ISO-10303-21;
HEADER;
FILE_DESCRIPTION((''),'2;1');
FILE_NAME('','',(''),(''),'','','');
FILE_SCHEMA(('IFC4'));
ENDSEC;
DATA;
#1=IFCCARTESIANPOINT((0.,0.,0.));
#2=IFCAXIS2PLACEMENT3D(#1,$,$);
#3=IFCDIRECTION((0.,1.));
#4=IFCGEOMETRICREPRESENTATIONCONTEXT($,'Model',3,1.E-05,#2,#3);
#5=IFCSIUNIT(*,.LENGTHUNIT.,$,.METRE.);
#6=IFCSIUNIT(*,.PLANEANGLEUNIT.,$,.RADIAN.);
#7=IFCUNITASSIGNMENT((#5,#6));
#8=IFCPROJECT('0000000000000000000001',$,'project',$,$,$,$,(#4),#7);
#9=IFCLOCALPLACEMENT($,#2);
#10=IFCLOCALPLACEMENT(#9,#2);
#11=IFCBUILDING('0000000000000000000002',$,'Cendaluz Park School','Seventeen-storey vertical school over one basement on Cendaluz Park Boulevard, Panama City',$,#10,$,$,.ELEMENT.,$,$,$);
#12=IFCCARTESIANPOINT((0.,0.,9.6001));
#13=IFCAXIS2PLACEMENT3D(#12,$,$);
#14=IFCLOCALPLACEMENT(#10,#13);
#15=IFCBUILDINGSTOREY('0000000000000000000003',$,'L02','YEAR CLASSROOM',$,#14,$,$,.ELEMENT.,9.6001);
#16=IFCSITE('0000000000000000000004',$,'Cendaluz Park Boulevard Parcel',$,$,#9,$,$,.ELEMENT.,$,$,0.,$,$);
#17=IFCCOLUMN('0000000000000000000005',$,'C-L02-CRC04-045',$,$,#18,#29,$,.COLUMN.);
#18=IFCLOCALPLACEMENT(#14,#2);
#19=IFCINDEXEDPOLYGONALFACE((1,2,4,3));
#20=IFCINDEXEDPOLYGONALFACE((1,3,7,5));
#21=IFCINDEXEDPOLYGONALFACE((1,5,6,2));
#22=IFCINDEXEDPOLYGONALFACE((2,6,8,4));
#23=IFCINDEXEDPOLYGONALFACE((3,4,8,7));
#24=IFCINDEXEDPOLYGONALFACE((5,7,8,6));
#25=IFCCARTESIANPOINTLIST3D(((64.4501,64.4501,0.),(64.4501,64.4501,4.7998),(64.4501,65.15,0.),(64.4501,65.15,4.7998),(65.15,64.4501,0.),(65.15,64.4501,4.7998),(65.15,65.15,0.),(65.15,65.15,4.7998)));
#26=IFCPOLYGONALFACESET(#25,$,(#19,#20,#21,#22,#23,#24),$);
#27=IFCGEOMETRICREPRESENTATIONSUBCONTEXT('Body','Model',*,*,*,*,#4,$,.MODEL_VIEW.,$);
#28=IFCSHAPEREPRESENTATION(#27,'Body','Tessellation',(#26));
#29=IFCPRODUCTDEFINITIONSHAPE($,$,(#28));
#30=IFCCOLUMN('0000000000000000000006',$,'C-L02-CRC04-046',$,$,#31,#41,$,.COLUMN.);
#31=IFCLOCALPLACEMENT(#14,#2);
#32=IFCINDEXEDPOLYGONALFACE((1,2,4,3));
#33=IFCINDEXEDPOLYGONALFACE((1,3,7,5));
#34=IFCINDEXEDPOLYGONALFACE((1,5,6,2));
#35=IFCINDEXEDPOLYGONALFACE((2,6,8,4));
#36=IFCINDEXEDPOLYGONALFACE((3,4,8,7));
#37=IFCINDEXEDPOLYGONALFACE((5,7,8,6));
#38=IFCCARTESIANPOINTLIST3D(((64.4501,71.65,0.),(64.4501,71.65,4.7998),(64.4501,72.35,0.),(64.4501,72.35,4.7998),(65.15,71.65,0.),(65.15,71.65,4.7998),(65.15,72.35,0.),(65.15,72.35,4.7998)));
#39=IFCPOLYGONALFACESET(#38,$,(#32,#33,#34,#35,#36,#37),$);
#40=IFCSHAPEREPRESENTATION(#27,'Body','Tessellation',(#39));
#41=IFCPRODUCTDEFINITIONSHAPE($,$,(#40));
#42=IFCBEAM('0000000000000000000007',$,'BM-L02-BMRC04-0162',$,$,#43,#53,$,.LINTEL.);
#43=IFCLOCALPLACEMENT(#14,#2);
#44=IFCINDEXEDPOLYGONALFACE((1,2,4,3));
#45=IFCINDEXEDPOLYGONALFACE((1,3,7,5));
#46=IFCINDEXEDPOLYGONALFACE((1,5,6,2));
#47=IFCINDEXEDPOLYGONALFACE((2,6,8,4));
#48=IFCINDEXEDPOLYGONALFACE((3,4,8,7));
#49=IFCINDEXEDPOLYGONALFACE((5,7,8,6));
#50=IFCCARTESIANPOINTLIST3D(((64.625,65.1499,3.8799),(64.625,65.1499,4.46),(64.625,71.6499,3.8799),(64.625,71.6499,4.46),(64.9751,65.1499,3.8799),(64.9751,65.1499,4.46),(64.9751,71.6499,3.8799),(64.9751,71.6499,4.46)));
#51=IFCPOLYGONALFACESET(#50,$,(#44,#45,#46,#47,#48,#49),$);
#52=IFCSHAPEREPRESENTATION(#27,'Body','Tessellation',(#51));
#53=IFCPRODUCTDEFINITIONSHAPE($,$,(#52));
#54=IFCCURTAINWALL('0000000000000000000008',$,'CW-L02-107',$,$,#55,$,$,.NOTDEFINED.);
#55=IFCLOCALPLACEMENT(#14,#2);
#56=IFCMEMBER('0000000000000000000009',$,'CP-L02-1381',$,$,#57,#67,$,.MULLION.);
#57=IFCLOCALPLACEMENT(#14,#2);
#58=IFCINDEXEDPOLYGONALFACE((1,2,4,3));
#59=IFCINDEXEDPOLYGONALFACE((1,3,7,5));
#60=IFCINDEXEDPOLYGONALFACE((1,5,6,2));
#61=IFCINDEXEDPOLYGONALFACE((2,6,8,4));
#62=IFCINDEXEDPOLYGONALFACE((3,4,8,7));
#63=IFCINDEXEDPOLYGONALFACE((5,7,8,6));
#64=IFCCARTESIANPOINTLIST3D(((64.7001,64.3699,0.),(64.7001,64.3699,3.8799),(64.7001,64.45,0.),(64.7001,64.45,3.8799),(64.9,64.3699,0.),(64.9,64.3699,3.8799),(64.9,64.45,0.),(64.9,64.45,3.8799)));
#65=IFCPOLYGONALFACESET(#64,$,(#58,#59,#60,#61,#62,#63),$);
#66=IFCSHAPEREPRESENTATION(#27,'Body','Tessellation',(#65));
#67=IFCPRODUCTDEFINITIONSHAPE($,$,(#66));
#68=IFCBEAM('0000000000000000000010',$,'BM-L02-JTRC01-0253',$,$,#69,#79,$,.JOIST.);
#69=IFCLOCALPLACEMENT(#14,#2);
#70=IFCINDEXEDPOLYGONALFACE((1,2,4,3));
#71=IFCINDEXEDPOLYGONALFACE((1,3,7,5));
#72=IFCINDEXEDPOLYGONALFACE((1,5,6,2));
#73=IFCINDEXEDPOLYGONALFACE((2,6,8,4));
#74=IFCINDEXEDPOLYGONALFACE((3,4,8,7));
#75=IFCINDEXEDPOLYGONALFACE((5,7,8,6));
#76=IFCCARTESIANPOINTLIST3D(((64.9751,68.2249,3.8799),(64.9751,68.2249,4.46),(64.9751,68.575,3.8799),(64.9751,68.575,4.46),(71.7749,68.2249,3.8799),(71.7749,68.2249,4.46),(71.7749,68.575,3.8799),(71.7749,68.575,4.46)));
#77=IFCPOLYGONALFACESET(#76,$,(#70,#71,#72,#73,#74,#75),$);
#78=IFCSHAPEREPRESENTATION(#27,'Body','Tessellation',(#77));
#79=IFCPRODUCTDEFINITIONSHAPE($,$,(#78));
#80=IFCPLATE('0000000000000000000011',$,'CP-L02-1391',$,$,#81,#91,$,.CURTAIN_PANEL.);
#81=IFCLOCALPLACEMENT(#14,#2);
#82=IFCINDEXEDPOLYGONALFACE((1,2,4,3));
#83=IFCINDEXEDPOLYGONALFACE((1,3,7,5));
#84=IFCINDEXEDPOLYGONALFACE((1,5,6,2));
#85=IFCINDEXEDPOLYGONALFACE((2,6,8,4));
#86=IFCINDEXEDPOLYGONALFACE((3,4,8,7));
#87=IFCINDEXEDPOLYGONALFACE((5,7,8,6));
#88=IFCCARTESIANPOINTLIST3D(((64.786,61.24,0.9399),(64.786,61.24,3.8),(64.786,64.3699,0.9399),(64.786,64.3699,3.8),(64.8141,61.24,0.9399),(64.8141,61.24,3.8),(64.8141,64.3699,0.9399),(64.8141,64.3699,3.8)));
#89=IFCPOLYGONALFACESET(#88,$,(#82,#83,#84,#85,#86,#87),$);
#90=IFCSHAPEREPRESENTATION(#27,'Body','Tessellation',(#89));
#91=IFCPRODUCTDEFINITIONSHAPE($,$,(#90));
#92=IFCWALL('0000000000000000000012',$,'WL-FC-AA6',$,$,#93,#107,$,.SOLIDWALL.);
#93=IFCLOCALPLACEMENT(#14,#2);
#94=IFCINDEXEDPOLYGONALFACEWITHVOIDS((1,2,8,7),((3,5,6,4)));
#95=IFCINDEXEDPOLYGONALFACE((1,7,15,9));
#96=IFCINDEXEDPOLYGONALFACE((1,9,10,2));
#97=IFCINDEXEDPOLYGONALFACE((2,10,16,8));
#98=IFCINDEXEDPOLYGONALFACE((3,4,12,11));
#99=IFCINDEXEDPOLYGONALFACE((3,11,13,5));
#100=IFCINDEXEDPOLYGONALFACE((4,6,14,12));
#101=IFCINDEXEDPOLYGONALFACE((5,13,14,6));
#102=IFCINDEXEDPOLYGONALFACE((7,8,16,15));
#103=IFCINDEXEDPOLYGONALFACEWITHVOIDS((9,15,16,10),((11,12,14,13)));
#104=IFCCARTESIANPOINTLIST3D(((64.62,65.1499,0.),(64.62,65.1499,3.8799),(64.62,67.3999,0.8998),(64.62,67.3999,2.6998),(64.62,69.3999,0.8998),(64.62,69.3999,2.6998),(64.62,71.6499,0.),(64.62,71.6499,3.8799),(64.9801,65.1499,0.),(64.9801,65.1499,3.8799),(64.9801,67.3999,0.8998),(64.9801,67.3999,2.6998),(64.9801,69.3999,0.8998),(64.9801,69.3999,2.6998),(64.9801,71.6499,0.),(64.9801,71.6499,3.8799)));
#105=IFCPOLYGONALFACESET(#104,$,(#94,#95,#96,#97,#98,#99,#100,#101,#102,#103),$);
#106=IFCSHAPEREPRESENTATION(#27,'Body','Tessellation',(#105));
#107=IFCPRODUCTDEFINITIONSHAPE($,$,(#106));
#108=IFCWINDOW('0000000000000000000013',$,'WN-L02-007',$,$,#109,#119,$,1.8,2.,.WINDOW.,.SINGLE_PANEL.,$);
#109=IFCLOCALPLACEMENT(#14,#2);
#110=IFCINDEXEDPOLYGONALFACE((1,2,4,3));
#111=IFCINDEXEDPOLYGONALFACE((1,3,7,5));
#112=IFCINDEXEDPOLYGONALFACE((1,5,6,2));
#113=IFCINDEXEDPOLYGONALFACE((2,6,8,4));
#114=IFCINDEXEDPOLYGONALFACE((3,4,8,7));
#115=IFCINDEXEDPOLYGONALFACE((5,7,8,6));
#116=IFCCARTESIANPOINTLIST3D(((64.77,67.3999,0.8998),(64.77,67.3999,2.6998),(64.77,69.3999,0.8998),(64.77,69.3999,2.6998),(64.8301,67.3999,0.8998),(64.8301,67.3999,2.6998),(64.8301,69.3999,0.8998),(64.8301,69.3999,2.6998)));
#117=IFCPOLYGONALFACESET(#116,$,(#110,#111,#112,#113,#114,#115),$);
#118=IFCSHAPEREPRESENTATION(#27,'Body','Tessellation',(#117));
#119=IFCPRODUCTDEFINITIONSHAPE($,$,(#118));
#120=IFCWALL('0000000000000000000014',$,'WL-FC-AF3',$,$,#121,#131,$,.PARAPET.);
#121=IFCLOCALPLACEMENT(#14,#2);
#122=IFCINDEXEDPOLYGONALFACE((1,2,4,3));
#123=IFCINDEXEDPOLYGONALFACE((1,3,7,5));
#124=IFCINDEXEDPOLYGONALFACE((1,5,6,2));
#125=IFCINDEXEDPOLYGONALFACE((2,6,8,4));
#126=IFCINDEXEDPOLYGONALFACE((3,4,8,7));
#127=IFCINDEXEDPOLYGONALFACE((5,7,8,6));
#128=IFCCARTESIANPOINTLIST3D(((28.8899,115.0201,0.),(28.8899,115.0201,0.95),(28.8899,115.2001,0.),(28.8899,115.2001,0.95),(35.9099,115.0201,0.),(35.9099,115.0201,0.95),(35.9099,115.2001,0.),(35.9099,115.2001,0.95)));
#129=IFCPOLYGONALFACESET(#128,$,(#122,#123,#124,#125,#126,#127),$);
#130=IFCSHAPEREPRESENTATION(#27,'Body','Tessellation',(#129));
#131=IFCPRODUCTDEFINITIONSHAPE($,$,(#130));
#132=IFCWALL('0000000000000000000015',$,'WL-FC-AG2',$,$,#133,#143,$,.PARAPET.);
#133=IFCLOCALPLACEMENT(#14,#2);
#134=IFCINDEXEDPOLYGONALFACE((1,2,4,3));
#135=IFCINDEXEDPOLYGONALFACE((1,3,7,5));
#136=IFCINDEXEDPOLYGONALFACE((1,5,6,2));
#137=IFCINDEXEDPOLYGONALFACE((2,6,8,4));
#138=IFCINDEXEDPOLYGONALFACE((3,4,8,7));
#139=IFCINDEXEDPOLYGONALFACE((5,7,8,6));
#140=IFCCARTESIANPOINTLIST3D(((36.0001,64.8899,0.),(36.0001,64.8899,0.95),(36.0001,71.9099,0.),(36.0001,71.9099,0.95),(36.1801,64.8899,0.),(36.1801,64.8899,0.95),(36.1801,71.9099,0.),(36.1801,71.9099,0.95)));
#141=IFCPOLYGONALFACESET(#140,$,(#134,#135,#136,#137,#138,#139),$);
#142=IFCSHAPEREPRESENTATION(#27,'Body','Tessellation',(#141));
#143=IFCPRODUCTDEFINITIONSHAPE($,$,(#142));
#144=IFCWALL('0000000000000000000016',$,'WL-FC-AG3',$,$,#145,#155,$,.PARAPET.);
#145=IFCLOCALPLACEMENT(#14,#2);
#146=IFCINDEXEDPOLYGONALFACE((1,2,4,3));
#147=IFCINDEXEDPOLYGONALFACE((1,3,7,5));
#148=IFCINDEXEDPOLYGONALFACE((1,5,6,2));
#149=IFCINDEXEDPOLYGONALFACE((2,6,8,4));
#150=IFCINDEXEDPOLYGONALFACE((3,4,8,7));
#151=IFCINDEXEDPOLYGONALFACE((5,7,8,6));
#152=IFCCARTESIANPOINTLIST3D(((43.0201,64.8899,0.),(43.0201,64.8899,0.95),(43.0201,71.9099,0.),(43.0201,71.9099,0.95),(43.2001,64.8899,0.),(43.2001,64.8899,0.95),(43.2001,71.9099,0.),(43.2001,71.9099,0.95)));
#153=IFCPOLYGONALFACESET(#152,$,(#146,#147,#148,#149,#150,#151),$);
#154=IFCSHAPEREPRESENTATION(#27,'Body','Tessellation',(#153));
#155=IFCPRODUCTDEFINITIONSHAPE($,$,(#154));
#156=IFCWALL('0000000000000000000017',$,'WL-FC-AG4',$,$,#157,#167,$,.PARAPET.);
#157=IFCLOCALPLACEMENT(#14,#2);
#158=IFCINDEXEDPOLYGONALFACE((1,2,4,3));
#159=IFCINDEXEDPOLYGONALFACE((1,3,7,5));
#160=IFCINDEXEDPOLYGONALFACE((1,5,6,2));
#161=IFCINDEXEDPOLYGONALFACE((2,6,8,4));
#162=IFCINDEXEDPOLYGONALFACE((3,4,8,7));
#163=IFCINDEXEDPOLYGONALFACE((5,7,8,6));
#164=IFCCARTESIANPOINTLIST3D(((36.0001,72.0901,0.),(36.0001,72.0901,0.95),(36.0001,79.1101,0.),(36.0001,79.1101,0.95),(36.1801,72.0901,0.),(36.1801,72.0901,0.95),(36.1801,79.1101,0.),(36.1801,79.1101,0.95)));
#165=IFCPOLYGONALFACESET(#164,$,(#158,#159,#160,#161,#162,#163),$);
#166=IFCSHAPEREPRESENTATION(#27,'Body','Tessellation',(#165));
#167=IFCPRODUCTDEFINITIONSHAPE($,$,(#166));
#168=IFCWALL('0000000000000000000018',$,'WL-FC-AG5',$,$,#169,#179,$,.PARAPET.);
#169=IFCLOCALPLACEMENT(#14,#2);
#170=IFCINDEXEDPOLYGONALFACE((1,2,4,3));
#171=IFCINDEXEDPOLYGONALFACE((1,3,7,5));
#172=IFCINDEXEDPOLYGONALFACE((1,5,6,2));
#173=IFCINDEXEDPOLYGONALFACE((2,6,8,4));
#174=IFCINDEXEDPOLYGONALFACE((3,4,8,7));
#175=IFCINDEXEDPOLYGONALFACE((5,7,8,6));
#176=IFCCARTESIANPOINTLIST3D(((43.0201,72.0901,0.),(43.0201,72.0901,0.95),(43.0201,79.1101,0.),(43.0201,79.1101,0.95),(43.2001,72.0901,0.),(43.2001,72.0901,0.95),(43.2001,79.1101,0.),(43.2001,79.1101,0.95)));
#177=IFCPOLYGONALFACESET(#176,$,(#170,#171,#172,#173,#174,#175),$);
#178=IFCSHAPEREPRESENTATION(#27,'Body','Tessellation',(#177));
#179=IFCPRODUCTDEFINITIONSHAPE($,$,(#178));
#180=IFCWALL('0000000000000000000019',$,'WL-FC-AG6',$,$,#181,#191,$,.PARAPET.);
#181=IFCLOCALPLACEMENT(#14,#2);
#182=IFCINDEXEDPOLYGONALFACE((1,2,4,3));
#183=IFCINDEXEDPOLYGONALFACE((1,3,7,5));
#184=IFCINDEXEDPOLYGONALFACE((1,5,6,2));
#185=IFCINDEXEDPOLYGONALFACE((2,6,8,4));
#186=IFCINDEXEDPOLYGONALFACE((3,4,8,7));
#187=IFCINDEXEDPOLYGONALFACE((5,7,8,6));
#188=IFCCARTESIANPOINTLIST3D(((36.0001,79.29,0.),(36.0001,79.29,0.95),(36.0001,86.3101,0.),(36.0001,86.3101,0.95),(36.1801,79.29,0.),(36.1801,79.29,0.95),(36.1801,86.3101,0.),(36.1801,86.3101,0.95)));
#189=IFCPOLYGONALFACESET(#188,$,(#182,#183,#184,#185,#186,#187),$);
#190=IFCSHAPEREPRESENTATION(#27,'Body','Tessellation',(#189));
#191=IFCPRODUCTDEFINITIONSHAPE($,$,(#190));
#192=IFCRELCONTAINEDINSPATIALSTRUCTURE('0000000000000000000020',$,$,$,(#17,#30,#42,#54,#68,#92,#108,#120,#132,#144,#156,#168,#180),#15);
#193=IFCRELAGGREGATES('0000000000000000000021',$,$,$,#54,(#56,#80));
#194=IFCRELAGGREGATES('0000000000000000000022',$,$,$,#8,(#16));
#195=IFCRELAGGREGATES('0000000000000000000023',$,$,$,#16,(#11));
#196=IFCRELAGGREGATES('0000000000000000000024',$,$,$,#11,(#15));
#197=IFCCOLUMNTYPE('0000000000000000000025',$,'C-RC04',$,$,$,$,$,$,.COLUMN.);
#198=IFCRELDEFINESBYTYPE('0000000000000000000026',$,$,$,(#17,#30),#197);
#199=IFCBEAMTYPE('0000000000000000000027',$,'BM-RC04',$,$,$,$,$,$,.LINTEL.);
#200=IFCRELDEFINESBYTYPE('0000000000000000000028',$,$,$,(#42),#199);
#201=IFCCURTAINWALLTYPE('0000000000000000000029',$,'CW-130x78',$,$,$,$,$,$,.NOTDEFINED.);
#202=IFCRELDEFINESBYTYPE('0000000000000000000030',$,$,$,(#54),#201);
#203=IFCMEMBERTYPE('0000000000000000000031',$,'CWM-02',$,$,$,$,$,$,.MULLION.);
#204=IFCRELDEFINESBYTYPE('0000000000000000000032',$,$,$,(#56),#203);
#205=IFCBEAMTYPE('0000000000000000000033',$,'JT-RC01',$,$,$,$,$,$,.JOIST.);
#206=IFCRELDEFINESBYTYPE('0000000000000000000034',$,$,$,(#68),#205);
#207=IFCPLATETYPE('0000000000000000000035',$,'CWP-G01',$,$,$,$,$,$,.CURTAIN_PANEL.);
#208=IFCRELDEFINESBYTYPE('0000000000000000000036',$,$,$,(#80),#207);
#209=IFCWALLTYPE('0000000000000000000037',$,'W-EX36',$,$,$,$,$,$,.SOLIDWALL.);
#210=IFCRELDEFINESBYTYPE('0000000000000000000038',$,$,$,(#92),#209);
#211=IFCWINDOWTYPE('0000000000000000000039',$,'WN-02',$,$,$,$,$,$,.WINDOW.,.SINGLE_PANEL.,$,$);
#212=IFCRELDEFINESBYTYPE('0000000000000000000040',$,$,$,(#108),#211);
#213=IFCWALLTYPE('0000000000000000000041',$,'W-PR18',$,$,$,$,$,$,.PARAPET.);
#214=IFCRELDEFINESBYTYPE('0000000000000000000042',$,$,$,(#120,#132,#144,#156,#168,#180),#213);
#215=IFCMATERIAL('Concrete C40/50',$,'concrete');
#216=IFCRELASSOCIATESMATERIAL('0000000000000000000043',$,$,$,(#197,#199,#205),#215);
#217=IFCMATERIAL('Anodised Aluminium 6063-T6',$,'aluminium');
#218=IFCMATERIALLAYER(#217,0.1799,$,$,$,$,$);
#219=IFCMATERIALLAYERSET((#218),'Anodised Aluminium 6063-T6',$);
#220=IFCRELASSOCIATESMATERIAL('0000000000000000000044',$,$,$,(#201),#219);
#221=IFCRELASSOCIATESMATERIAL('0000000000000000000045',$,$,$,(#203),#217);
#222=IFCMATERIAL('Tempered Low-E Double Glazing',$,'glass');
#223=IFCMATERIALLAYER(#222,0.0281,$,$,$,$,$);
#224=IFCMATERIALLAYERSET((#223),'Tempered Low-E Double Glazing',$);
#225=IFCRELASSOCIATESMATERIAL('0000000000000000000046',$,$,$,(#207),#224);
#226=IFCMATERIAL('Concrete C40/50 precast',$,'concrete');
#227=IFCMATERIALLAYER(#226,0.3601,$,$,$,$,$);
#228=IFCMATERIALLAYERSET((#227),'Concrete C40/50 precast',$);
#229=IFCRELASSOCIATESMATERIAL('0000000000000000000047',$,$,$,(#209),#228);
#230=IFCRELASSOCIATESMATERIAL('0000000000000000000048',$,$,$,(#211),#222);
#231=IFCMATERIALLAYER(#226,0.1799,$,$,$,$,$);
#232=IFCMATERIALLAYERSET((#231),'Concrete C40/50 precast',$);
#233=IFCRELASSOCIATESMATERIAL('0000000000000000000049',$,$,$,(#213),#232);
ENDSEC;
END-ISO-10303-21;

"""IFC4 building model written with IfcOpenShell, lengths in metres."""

from ifc_helpers import new_model, si_unit, direction, frame, frame_2d, origin, origin_2d, place, context, subcontext, project, spatial, rectangle, extrude, material, layer, layer_set, material_profile, profile_set, type_object, element, fill, aggregate, save


model = new_model("IFC4")

# Units and contexts
model_context = context("Model", 3, precision=1e-05, world=origin(), true_north=direction((0.0, 1.0)))
body_context = subcontext(model_context, "Body", "Model", "MODEL_VIEW")
ifc_project = project(units=[si_unit("LENGTHUNIT", "METRE"), si_unit("PLANEANGLEUNIT", "RADIAN")], contexts=[model_context])

# Site, building, storey
site_placement = place(None, origin())
site = spatial("IfcSite", under=ifc_project, at=site_placement, Name="Cendaluz Park Boulevard Parcel", CompositionType="ELEMENT", RefElevation=0.0)
building_placement = place(site_placement, origin())
building = spatial("IfcBuilding", under=site, at=building_placement, Name="Cendaluz Park School", Description="Seventeen-storey vertical school over one basement on Cendaluz Park Boulevard, Panama City", CompositionType="ELEMENT")
storey_placement = place(building_placement, frame((0.0, 0.0, 9.6001)))
storey = spatial("IfcBuildingStorey", under=building, at=storey_placement, Name="L02", Description="YEAR CLASSROOM", CompositionType="ELEMENT", Elevation=9.6001)

# Columns
ifc_material_1 = material(Name="Concrete C40/50", Category="concrete")
ifc_material_profile_1 = material_profile(ifc_material_1, rectangle(XDim=0.7, YDim=0.7, at=origin_2d()), Name="RC 700x700", Category="concrete")
ifc_profile_set_1 = profile_set([ifc_material_profile_1], Name="Concrete C40/50")
column_type = type_object("IfcColumnType", Name="C-RC04", PredefinedType="COLUMN", material=ifc_profile_set_1)
for number, where, z_axis, x_axis, name in (
    (1, (64.8, 64.8, 0.0), (0.0, 0.0, 1.0), (1.0, 0.0, 0.0), "C-L02-CRC04-045"),
    (2, (64.8, 72.0, 0.0), (0.0, 0.0, 1.0), (1.0, 0.0, 0.0), "C-L02-CRC04-046"),
):
    element("IfcColumn", number, at=place(storey_placement, frame(where, z_axis=z_axis, x_axis=x_axis)), inside=storey, type_object=column_type, Name=name, PredefinedType="COLUMN", context=body_context, shape_type="SweptSolid", body=[
        extrude(rectangle(XDim=0.7, YDim=0.7, at=origin_2d()), origin(), (0.0, 0.0, 1.0), 4.7998),
    ])

# Beam
ifc_material_profile_2 = material_profile(ifc_material_1, rectangle(XDim=0.3501, YDim=0.5801, at=origin_2d()), Name="RC 350x580", Category="concrete")
ifc_profile_set_2 = profile_set([ifc_material_profile_2], Name="Concrete C40/50")
beam_type_1 = type_object("IfcBeamType", Name="BM-RC04", PredefinedType="LINTEL", material=ifc_profile_set_2)
beam_1_placement = place(storey_placement, frame((64.8, 65.1499, 4.1699), z_axis=(0.0, 1.0, 0.0), x_axis=(-1.0, 0.0, 0.0)))
element("IfcBeam", 3, at=beam_1_placement, inside=storey, type_object=beam_type_1, Name="BM-L02-BMRC04-0162", PredefinedType="LINTEL", context=body_context, shape_type="SweptSolid", body=[
    extrude(rectangle(XDim=0.3501, YDim=0.5801, at=origin_2d()), origin(), (0.0, 0.0, 1.0), 6.5),
])

# Curtain wall, member
ifc_material_2 = material(Name="Anodised Aluminium 6063-T6", Category="aluminium")
ifc_layer_1 = layer(ifc_material_2, 0.1799)
ifc_layer_set_1 = layer_set([ifc_layer_1], Name="Anodised Aluminium 6063-T6")
curtain_wall_type = type_object("IfcCurtainWallType", Name="CW-130x78", PredefinedType="NOTDEFINED", material=ifc_layer_set_1)
curtain_wall_placement = place(storey_placement, origin())
curtain_wall = element("IfcCurtainWall", 4, at=curtain_wall_placement, inside=storey, type_object=curtain_wall_type, Name="CW-L02-107", PredefinedType="NOTDEFINED")
ifc_material_profile_3 = material_profile(ifc_material_2, rectangle(XDim=0.2, YDim=0.0801, at=origin_2d()), Name="CWM 200x80", Category="aluminium")
ifc_profile_set_3 = profile_set([ifc_material_profile_3], Name="Anodised Aluminium 6063-T6")
member_type = type_object("IfcMemberType", Name="CWM-02", PredefinedType="MULLION", material=ifc_profile_set_3)
member_placement = place(storey_placement, frame((64.8, 64.4099, 0.0), z_axis=(0.0, 0.0, 1.0), x_axis=(-1.0, 0.0, 0.0)))
member = element("IfcMember", 5, at=member_placement, type_object=member_type, Name="CP-L02-1381", PredefinedType="MULLION", context=body_context, shape_type="SweptSolid", body=[
    extrude(rectangle(XDim=0.2, YDim=0.0801, at=origin_2d()), origin(), (0.0, 0.0, 1.0), 3.8799),
])

# Beam
ifc_material_profile_4 = material_profile(ifc_material_1, rectangle(XDim=0.3501, YDim=0.5801, at=origin_2d()), Name="RC 350x580", Category="concrete")
ifc_profile_set_4 = profile_set([ifc_material_profile_4], Name="Concrete C40/50")
beam_type_2 = type_object("IfcBeamType", Name="JT-RC01", PredefinedType="JOIST", material=ifc_profile_set_4)
beam_2_placement = place(storey_placement, frame((64.9751, 68.3999, 4.1699), z_axis=(1.0, 0.0, 0.0), x_axis=(0.0, 1.0, 0.0)))
element("IfcBeam", 6, at=beam_2_placement, inside=storey, type_object=beam_type_2, Name="BM-L02-JTRC01-0253", PredefinedType="JOIST", context=body_context, shape_type="SweptSolid", body=[
    extrude(rectangle(XDim=0.3501, YDim=0.5801, at=origin_2d()), origin(), (0.0, 0.0, 1.0), 6.7998),
])

# Plate
ifc_material_3 = material(Name="Tempered Low-E Double Glazing", Category="glass")
ifc_layer_2 = layer(ifc_material_3, 0.0281)
ifc_layer_set_2 = layer_set([ifc_layer_2], Name="Tempered Low-E Double Glazing")
plate_type = type_object("IfcPlateType", Name="CWP-G01", PredefinedType="CURTAIN_PANEL", material=ifc_layer_set_2)
plate_placement = place(storey_placement, frame((64.8, 62.8049, 0.9399), z_axis=(0.0, 0.0, 1.0), x_axis=(0.0, 1.0, 0.0)))
plate = element("IfcPlate", 7, at=plate_placement, type_object=plate_type, Name="CP-L02-1391", PredefinedType="CURTAIN_PANEL", context=body_context, shape_type="SweptSolid", body=[
    extrude(rectangle(XDim=3.1299, YDim=0.0281, at=origin_2d()), origin(), (0.0, 0.0, 1.0), 2.8601),
])
aggregate(curtain_wall, [member, plate])

# Wall, opening, window
ifc_material_4 = material(Name="Concrete C40/50 precast", Category="concrete")
ifc_layer_3 = layer(ifc_material_4, 0.3601)
ifc_layer_set_3 = layer_set([ifc_layer_3], Name="Concrete C40/50 precast")
wall_type_1 = type_object("IfcWallType", Name="W-EX36", PredefinedType="SOLIDWALL", material=ifc_layer_set_3)
wall_placement = place(storey_placement, frame((64.8, 65.1499, 0.0), z_axis=(0.0, 0.0, 1.0), x_axis=(0.0, 1.0, 0.0)))
wall = element("IfcWall", 8, at=wall_placement, inside=storey, type_object=wall_type_1, Name="WL-FC-AA6", PredefinedType="SOLIDWALL", context=body_context, shape_type="SweptSolid", body=[
    extrude(rectangle(XDim=6.5, YDim=0.3601, at=frame_2d((3.25, 0.0))), origin(), (0.0, 0.0, 1.0), 3.8799),
])
opening_placement = place(wall_placement, frame((2.25, 0.0, 0.8999)))
opening = element("IfcOpeningElement", 9, at=opening_placement, cuts=wall, PredefinedType="OPENING", context=body_context, shape_type="SweptSolid", body=[
    extrude(rectangle(XDim=2.0, YDim=1.8, at=frame_2d((1.0, 0.8999))), frame((0.0, 0.1921, 0.0), z_axis=(0.0, -1.0, 0.0), x_axis=(1.0, 0.0, 0.0)), (0.0, 0.0, 1.0), 0.384),
])
window_type = type_object("IfcWindowType", Name="WN-02", PartitioningType="SINGLE_PANEL", PredefinedType="WINDOW", material=ifc_material_3)
window_placement = place(opening_placement, origin())
window = element("IfcWindow", 10, at=window_placement, inside=storey, type_object=window_type, Name="WN-L02-007", OverallHeight=1.8, OverallWidth=2.0, PartitioningType="SINGLE_PANEL", PredefinedType="WINDOW", context=body_context, shape_type="SweptSolid", body=[
    extrude(rectangle(XDim=2.0, YDim=1.8, at=frame_2d((1.0, 0.8999))), frame((0.0, 0.03, 0.0), z_axis=(0.0, -1.0, 0.0), x_axis=(1.0, 0.0, 0.0)), (0.0, 0.0, 1.0), 0.0601),
])
fill(opening, window)

# Walls
ifc_layer_4 = layer(ifc_material_4, 0.1799)
ifc_layer_set_4 = layer_set([ifc_layer_4], Name="Concrete C40/50 precast")
wall_type_2 = type_object("IfcWallType", Name="W-PR18", PredefinedType="PARAPET", material=ifc_layer_set_4)
for number, where, z_axis, x_axis, name in (
    (11, (28.8899, 115.1101, 0.0), (0.0, 0.0, 1.0), (1.0, 0.0, 0.0), "WL-FC-AF3"),
    (12, (36.0901, 64.8899, 0.0), (0.0, 0.0, 1.0), (0.0, 1.0, 0.0), "WL-FC-AG2"),
    (13, (43.1101, 64.8899, 0.0), (0.0, 0.0, 1.0), (0.0, 1.0, 0.0), "WL-FC-AG3"),
    (14, (36.0901, 72.0901, 0.0), (0.0, 0.0, 1.0), (0.0, 1.0, 0.0), "WL-FC-AG4"),
    (15, (43.1101, 72.0901, 0.0), (0.0, 0.0, 1.0), (0.0, 1.0, 0.0), "WL-FC-AG5"),
    (16, (36.0901, 79.29, 0.0), (0.0, 0.0, 1.0), (0.0, 1.0, 0.0), "WL-FC-AG6"),
):
    element("IfcWall", number, at=place(storey_placement, frame(where, z_axis=z_axis, x_axis=x_axis)), inside=storey, type_object=wall_type_2, Name=name, PredefinedType="PARAPET", context=body_context, shape_type="SweptSolid", body=[
        extrude(rectangle(XDim=7.02, YDim=0.1799, at=frame_2d((3.51, 0.0))), origin(), (0.0, 0.0, 1.0), 0.95),
    ])

save(model, "model.ifc")
